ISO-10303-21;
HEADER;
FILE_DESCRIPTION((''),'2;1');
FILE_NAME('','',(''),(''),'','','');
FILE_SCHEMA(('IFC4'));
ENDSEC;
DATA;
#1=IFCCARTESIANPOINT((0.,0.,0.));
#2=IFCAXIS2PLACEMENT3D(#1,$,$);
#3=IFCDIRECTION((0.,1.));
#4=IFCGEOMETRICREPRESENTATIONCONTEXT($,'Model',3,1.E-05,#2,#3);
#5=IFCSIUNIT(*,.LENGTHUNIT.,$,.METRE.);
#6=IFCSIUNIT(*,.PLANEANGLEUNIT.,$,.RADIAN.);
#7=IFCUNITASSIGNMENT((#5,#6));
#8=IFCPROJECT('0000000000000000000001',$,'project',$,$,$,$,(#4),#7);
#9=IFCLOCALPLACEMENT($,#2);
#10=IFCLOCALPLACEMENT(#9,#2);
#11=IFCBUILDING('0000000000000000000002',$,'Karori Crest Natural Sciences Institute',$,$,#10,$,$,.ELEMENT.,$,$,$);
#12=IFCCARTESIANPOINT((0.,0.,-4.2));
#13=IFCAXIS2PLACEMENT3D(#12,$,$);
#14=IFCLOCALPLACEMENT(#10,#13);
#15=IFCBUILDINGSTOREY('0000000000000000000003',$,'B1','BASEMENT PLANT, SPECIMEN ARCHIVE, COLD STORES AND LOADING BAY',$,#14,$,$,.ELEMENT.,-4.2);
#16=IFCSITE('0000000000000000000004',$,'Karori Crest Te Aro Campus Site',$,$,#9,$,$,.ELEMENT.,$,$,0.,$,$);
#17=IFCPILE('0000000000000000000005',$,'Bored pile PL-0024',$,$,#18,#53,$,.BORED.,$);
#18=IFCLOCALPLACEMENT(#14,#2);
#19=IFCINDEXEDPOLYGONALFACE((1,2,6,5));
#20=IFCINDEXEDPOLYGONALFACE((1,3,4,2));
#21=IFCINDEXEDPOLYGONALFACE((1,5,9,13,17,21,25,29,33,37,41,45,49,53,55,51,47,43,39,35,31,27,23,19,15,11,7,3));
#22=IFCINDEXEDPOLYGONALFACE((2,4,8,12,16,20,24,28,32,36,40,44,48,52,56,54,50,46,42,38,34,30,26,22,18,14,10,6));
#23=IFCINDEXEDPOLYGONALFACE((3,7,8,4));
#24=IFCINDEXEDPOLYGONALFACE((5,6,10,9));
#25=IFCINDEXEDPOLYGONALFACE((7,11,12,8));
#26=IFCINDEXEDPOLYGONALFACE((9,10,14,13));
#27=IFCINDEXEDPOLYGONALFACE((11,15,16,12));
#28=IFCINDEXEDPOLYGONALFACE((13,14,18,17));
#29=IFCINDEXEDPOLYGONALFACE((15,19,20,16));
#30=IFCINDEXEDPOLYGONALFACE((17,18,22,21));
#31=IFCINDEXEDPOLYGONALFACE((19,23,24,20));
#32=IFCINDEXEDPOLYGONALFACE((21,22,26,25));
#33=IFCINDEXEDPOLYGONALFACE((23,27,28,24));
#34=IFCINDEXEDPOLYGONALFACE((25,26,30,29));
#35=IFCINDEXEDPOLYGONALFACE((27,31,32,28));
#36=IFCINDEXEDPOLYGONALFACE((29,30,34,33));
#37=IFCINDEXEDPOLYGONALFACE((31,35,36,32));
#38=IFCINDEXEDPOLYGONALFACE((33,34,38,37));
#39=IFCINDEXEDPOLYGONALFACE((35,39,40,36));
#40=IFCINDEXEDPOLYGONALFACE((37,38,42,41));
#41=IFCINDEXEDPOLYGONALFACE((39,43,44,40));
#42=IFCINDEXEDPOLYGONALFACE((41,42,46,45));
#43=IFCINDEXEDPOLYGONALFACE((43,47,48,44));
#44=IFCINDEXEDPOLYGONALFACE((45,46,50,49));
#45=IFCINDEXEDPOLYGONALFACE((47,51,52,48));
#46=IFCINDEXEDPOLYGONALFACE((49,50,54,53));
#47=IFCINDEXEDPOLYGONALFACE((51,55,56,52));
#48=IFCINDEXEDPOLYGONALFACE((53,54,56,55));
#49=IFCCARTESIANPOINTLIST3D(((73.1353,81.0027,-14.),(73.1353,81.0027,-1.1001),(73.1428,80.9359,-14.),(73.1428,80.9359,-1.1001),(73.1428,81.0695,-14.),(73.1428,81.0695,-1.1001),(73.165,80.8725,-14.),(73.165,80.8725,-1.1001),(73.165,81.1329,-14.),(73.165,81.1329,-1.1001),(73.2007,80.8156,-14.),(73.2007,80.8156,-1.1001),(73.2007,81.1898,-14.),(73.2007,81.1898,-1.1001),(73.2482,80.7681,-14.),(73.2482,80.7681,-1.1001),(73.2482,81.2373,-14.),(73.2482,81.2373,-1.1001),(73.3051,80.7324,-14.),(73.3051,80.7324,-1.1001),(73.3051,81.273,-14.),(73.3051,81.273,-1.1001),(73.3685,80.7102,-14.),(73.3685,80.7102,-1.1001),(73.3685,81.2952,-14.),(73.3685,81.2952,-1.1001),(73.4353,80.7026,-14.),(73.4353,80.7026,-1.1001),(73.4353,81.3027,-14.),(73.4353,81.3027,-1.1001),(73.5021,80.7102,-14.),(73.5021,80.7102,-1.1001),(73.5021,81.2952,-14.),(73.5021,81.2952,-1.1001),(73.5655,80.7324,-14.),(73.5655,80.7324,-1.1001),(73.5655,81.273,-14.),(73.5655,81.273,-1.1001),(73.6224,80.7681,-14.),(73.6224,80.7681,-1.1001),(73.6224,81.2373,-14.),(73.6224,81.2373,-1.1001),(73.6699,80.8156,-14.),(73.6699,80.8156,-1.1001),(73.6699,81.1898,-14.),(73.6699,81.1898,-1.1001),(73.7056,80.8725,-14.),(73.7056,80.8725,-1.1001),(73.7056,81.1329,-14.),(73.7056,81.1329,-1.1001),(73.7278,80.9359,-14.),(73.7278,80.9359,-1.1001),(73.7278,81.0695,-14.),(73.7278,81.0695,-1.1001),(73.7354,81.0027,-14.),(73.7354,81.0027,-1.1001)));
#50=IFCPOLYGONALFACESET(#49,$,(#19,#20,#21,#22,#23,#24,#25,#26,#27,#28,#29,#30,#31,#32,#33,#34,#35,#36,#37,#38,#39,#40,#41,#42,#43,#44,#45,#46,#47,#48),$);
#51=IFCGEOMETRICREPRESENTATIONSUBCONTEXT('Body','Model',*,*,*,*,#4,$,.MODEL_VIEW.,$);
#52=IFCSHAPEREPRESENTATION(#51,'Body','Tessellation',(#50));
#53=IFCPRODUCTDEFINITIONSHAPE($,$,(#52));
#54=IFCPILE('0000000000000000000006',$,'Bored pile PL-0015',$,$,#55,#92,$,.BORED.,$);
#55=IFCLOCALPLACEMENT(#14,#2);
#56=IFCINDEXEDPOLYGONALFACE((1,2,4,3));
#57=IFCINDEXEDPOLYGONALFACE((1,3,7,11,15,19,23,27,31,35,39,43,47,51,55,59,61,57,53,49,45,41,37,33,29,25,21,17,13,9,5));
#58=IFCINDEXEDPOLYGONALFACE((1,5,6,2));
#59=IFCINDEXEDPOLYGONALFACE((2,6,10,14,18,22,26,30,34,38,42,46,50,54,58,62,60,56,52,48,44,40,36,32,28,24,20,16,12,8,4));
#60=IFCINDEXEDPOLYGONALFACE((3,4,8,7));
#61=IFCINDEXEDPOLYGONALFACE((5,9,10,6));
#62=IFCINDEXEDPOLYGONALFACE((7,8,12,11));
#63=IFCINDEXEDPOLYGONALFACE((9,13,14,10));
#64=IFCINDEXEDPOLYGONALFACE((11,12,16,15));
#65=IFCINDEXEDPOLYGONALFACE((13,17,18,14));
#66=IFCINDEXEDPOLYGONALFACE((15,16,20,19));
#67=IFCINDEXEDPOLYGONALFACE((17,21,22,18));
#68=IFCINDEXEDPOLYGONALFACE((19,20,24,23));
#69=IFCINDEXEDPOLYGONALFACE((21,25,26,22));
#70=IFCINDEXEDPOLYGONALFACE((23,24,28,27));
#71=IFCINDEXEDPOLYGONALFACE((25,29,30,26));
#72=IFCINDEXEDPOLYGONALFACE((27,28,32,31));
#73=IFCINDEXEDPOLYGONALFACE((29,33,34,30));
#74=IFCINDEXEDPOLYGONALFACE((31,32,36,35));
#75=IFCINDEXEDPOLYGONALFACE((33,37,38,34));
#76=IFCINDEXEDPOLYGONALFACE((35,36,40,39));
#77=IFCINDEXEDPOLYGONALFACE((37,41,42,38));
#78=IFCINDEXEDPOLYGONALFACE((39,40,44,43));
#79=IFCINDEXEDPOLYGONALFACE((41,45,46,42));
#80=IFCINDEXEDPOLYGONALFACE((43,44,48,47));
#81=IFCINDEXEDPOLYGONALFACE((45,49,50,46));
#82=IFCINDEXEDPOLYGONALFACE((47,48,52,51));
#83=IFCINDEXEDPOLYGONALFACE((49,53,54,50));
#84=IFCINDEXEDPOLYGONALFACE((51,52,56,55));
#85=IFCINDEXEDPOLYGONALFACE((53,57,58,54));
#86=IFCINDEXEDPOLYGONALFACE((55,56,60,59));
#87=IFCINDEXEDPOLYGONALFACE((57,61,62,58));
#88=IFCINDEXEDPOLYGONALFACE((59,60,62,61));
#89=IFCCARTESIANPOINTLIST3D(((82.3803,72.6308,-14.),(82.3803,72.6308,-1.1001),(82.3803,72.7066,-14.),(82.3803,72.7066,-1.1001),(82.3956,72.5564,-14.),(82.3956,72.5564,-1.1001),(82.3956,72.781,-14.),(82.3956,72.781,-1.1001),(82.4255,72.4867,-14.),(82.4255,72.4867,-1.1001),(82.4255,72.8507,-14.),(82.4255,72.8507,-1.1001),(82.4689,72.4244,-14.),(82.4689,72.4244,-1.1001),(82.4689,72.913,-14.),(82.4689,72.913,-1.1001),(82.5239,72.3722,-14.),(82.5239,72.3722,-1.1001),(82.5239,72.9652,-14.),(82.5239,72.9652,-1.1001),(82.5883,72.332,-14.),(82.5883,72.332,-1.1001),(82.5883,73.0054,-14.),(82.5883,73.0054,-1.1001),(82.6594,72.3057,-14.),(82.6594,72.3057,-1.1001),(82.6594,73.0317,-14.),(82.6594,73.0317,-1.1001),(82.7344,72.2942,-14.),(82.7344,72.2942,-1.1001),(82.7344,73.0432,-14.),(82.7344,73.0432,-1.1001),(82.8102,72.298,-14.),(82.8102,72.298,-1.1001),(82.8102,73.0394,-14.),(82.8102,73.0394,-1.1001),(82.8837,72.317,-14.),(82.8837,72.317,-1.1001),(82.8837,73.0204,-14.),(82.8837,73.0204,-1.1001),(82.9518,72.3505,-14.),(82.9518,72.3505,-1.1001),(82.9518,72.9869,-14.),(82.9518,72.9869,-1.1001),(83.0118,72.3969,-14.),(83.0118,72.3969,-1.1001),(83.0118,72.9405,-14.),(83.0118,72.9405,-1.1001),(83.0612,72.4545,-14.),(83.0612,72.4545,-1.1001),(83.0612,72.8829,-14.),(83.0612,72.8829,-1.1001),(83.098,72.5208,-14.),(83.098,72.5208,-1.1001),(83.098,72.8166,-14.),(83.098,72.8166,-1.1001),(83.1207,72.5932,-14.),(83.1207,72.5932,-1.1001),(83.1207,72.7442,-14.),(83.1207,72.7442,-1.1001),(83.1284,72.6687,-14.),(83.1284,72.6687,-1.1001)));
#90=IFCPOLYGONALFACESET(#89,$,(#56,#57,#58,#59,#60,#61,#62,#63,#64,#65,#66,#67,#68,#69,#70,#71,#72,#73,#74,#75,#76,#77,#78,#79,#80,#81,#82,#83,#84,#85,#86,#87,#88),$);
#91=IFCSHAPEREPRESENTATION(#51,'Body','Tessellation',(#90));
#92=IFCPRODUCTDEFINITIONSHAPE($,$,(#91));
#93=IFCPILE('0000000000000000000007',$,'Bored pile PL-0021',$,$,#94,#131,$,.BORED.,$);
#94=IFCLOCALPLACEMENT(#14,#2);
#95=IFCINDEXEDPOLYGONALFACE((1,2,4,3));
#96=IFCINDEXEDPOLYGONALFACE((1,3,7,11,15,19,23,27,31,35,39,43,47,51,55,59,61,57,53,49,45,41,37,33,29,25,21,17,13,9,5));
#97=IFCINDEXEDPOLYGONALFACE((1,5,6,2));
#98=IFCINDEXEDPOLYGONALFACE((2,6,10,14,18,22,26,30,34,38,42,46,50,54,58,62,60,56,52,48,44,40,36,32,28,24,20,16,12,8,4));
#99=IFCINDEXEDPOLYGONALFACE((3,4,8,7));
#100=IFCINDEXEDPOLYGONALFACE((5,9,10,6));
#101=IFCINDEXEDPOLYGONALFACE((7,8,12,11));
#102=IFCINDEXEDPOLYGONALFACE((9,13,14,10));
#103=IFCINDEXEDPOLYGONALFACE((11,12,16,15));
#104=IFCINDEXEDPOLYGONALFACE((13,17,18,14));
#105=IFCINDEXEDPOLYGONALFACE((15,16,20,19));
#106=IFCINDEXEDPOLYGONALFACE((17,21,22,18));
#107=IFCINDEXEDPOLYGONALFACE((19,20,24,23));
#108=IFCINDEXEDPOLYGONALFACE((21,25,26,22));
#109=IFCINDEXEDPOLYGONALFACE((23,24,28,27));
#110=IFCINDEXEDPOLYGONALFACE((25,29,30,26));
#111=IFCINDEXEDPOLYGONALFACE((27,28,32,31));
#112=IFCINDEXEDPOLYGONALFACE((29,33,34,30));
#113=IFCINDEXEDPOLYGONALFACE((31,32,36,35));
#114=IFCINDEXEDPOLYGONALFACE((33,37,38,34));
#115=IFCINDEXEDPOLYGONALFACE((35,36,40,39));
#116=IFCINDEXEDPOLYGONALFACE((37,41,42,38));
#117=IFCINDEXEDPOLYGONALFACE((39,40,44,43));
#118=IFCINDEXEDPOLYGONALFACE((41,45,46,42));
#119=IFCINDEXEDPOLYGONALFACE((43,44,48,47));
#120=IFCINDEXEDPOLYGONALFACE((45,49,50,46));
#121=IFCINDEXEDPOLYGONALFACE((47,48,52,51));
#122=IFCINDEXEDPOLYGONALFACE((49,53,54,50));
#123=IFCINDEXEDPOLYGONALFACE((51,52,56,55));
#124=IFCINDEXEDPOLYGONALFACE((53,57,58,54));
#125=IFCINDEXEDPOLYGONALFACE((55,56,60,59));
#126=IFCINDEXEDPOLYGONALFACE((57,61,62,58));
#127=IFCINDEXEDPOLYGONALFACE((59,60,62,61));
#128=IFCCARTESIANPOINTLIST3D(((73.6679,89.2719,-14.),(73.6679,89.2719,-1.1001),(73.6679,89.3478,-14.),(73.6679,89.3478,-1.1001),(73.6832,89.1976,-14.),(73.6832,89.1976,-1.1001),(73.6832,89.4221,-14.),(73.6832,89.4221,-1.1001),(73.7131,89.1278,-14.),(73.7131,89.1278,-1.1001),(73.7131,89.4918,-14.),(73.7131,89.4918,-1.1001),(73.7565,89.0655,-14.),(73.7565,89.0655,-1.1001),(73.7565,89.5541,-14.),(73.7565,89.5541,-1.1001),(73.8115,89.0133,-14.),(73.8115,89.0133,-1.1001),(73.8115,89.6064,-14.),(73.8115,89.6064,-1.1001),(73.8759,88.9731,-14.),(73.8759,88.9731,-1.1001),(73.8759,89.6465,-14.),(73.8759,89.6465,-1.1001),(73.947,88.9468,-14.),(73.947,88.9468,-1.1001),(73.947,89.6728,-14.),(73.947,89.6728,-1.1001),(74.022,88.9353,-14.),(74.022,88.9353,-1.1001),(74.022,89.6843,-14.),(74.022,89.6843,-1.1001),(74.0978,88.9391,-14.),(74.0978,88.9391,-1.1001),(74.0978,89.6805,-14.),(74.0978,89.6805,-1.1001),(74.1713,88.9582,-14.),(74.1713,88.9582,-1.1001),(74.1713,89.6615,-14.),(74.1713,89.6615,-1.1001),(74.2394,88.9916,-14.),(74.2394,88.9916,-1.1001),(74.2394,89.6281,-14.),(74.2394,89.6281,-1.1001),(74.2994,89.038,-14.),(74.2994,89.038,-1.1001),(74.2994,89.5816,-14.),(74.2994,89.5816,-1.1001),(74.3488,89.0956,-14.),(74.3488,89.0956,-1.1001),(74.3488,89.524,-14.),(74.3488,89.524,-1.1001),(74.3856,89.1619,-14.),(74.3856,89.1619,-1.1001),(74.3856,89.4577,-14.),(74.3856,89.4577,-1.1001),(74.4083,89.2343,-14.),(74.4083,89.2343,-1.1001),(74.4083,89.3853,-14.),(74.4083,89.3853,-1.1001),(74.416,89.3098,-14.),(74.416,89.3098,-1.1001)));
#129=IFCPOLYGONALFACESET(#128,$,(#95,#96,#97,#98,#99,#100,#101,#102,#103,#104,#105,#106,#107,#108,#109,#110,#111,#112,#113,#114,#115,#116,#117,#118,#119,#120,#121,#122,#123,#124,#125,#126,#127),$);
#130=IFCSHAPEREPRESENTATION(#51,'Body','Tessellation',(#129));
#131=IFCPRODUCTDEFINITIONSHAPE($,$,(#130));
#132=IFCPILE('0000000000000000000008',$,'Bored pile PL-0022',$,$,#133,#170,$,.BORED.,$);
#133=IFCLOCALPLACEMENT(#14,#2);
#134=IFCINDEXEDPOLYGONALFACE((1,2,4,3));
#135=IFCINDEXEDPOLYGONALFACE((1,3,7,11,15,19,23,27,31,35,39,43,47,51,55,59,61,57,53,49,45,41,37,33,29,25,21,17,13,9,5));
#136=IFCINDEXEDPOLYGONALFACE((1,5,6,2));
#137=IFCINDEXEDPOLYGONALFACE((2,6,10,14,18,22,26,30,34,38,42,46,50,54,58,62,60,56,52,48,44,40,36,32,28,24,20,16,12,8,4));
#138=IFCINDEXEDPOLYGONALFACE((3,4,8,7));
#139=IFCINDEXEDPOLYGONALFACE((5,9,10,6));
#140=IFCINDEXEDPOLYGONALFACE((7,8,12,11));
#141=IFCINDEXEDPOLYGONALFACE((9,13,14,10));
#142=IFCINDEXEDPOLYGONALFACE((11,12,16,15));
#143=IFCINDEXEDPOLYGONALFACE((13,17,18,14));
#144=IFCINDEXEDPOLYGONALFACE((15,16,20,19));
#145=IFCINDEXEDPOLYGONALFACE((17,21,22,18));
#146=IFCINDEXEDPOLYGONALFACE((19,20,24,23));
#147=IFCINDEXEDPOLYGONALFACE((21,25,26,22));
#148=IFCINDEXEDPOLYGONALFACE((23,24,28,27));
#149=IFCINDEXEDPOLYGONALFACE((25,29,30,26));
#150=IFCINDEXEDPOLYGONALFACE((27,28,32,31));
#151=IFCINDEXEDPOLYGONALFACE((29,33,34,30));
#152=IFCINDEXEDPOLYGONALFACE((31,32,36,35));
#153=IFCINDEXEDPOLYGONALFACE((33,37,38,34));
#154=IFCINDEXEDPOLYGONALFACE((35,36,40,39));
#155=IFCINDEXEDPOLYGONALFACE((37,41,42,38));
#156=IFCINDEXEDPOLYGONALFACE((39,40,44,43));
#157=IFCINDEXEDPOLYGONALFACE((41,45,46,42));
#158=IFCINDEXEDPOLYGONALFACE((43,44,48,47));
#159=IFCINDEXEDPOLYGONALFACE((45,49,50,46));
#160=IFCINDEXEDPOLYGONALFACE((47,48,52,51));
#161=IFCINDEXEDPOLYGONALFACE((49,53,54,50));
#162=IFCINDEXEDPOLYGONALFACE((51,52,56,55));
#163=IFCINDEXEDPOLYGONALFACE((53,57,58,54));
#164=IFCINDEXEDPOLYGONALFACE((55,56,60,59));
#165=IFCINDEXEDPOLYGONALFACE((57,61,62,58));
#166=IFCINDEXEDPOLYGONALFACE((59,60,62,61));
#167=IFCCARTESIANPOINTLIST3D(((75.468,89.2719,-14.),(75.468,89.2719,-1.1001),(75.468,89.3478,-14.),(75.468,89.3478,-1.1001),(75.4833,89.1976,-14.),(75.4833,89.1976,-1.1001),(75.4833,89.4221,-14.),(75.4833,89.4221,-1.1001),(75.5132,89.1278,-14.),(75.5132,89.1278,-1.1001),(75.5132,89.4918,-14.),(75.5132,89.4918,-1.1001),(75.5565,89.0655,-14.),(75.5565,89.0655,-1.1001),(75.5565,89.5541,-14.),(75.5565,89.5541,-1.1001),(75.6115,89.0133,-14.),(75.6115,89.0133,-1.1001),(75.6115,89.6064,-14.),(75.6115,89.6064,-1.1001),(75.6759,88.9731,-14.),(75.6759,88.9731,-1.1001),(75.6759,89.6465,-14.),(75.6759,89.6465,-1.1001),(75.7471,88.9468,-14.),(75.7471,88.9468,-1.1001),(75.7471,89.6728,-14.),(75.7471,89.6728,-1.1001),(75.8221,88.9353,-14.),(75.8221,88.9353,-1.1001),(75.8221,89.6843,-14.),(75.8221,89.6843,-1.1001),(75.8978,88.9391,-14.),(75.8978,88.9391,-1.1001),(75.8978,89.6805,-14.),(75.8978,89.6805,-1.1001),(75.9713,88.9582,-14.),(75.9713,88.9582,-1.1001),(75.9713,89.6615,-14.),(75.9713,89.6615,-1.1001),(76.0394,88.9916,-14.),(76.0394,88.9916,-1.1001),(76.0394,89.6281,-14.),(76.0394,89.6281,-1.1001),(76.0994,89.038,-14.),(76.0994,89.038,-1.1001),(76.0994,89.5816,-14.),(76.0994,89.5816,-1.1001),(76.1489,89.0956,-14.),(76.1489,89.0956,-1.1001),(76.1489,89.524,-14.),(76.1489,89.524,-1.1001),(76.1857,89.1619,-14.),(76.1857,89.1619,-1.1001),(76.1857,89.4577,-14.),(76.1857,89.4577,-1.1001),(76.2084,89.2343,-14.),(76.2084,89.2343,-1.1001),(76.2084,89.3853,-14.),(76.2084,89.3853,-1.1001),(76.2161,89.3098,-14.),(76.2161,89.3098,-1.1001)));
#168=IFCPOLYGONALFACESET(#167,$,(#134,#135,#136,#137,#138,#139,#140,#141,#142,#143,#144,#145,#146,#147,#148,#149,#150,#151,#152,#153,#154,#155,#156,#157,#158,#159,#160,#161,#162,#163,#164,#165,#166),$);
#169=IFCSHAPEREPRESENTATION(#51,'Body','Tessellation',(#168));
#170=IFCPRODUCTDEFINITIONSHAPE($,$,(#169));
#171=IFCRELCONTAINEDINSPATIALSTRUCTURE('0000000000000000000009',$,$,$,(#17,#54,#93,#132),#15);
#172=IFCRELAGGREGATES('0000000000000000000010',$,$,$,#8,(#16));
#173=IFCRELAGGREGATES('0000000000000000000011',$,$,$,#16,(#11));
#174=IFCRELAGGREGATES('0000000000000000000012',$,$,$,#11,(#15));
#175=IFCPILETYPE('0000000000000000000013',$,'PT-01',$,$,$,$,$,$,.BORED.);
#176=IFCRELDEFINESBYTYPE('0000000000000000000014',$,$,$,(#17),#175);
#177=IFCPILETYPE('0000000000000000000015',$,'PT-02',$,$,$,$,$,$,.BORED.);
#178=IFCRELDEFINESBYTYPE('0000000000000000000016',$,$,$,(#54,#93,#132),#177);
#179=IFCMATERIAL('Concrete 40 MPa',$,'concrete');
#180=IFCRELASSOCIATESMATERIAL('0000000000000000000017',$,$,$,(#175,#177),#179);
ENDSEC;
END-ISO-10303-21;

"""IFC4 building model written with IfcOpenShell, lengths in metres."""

from ifc_helpers import new_model, si_unit, direction, frame, origin, origin_2d, place, context, subcontext, project, spatial, circle, extrude, material, material_profile, profile_set, type_object, element, save


model = new_model("IFC4")

# Units and contexts
model_context = context("Model", 3, precision=1e-05, world=origin(), true_north=direction((0.0, 1.0)))
body_context = subcontext(model_context, "Body", "Model", "MODEL_VIEW")
ifc_project = project(units=[si_unit("LENGTHUNIT", "METRE"), si_unit("PLANEANGLEUNIT", "RADIAN")], contexts=[model_context])

# Site, building, storey
site_placement = place(None, origin())
site = spatial("IfcSite", under=ifc_project, at=site_placement, Name="Karori Crest Te Aro Campus Site", CompositionType="ELEMENT", RefElevation=0.0)
building_placement = place(site_placement, origin())
building = spatial("IfcBuilding", under=site, at=building_placement, Name="Karori Crest Natural Sciences Institute", CompositionType="ELEMENT")
storey_placement = place(building_placement, frame((0.0, 0.0, -4.2)))
storey = spatial("IfcBuildingStorey", under=building, at=storey_placement, Name="B1", Description="BASEMENT PLANT, SPECIMEN ARCHIVE, COLD STORES AND LOADING BAY", CompositionType="ELEMENT", Elevation=-4.2)

# Shared definitions
ifc_material_1 = material(Name="Concrete 40 MPa", Category="concrete")

# Piles
ifc_material_profile_1 = material_profile(ifc_material_1, circle(Radius=0.3, at=origin_2d()), Name="PILE600")
ifc_profile_set_1 = profile_set([ifc_material_profile_1], Name="Concrete 40 MPa")
pile_type_1 = type_object("IfcPileType", Name="PT-01", PredefinedType="BORED", material=ifc_profile_set_1)
for number, where, z_axis, x_axis, name in (
    (1, (73.4353, 81.0027, -1.1001), (0.0, 0.0, -1.0), (1.0, 0.0, 0.0), "Bored pile PL-0024"),
):
    element("IfcPile", number, at=place(storey_placement, frame(where, z_axis=z_axis, x_axis=x_axis)), inside=storey, type_object=pile_type_1, Name=name, PredefinedType="BORED", context=body_context, shape_type="SweptSolid", body=[
        extrude(circle(Radius=0.3, at=origin_2d()), origin(), (0.0, 0.0, 1.0), 12.8999),
    ])
ifc_material_profile_2 = material_profile(ifc_material_1, circle(Radius=0.375, at=origin_2d()), Name="PILE750")
ifc_profile_set_2 = profile_set([ifc_material_profile_2], Name="Concrete 40 MPa")
pile_type_2 = type_object("IfcPileType", Name="PT-02", PredefinedType="BORED", material=ifc_profile_set_2)
for number, where, z_axis, x_axis, name in (
    (2, (82.7534, 72.6687, -1.1001), (0.0, 0.0, -1.0), (1.0, 0.0, 0.0), "Bored pile PL-0015"),
    (3, (74.041, 89.3098, -1.1001), (0.0, 0.0, -1.0), (1.0, 0.0, 0.0), "Bored pile PL-0021"),
    (4, (75.8411, 89.3098, -1.1001), (0.0, 0.0, -1.0), (1.0, 0.0, 0.0), "Bored pile PL-0022"),
):
    element("IfcPile", number, at=place(storey_placement, frame(where, z_axis=z_axis, x_axis=x_axis)), inside=storey, type_object=pile_type_2, Name=name, PredefinedType="BORED", context=body_context, shape_type="SweptSolid", body=[
        extrude(circle(Radius=0.375, at=origin_2d()), origin(), (0.0, 0.0, 1.0), 12.8999),
    ])

save(model, "model.ifc")
